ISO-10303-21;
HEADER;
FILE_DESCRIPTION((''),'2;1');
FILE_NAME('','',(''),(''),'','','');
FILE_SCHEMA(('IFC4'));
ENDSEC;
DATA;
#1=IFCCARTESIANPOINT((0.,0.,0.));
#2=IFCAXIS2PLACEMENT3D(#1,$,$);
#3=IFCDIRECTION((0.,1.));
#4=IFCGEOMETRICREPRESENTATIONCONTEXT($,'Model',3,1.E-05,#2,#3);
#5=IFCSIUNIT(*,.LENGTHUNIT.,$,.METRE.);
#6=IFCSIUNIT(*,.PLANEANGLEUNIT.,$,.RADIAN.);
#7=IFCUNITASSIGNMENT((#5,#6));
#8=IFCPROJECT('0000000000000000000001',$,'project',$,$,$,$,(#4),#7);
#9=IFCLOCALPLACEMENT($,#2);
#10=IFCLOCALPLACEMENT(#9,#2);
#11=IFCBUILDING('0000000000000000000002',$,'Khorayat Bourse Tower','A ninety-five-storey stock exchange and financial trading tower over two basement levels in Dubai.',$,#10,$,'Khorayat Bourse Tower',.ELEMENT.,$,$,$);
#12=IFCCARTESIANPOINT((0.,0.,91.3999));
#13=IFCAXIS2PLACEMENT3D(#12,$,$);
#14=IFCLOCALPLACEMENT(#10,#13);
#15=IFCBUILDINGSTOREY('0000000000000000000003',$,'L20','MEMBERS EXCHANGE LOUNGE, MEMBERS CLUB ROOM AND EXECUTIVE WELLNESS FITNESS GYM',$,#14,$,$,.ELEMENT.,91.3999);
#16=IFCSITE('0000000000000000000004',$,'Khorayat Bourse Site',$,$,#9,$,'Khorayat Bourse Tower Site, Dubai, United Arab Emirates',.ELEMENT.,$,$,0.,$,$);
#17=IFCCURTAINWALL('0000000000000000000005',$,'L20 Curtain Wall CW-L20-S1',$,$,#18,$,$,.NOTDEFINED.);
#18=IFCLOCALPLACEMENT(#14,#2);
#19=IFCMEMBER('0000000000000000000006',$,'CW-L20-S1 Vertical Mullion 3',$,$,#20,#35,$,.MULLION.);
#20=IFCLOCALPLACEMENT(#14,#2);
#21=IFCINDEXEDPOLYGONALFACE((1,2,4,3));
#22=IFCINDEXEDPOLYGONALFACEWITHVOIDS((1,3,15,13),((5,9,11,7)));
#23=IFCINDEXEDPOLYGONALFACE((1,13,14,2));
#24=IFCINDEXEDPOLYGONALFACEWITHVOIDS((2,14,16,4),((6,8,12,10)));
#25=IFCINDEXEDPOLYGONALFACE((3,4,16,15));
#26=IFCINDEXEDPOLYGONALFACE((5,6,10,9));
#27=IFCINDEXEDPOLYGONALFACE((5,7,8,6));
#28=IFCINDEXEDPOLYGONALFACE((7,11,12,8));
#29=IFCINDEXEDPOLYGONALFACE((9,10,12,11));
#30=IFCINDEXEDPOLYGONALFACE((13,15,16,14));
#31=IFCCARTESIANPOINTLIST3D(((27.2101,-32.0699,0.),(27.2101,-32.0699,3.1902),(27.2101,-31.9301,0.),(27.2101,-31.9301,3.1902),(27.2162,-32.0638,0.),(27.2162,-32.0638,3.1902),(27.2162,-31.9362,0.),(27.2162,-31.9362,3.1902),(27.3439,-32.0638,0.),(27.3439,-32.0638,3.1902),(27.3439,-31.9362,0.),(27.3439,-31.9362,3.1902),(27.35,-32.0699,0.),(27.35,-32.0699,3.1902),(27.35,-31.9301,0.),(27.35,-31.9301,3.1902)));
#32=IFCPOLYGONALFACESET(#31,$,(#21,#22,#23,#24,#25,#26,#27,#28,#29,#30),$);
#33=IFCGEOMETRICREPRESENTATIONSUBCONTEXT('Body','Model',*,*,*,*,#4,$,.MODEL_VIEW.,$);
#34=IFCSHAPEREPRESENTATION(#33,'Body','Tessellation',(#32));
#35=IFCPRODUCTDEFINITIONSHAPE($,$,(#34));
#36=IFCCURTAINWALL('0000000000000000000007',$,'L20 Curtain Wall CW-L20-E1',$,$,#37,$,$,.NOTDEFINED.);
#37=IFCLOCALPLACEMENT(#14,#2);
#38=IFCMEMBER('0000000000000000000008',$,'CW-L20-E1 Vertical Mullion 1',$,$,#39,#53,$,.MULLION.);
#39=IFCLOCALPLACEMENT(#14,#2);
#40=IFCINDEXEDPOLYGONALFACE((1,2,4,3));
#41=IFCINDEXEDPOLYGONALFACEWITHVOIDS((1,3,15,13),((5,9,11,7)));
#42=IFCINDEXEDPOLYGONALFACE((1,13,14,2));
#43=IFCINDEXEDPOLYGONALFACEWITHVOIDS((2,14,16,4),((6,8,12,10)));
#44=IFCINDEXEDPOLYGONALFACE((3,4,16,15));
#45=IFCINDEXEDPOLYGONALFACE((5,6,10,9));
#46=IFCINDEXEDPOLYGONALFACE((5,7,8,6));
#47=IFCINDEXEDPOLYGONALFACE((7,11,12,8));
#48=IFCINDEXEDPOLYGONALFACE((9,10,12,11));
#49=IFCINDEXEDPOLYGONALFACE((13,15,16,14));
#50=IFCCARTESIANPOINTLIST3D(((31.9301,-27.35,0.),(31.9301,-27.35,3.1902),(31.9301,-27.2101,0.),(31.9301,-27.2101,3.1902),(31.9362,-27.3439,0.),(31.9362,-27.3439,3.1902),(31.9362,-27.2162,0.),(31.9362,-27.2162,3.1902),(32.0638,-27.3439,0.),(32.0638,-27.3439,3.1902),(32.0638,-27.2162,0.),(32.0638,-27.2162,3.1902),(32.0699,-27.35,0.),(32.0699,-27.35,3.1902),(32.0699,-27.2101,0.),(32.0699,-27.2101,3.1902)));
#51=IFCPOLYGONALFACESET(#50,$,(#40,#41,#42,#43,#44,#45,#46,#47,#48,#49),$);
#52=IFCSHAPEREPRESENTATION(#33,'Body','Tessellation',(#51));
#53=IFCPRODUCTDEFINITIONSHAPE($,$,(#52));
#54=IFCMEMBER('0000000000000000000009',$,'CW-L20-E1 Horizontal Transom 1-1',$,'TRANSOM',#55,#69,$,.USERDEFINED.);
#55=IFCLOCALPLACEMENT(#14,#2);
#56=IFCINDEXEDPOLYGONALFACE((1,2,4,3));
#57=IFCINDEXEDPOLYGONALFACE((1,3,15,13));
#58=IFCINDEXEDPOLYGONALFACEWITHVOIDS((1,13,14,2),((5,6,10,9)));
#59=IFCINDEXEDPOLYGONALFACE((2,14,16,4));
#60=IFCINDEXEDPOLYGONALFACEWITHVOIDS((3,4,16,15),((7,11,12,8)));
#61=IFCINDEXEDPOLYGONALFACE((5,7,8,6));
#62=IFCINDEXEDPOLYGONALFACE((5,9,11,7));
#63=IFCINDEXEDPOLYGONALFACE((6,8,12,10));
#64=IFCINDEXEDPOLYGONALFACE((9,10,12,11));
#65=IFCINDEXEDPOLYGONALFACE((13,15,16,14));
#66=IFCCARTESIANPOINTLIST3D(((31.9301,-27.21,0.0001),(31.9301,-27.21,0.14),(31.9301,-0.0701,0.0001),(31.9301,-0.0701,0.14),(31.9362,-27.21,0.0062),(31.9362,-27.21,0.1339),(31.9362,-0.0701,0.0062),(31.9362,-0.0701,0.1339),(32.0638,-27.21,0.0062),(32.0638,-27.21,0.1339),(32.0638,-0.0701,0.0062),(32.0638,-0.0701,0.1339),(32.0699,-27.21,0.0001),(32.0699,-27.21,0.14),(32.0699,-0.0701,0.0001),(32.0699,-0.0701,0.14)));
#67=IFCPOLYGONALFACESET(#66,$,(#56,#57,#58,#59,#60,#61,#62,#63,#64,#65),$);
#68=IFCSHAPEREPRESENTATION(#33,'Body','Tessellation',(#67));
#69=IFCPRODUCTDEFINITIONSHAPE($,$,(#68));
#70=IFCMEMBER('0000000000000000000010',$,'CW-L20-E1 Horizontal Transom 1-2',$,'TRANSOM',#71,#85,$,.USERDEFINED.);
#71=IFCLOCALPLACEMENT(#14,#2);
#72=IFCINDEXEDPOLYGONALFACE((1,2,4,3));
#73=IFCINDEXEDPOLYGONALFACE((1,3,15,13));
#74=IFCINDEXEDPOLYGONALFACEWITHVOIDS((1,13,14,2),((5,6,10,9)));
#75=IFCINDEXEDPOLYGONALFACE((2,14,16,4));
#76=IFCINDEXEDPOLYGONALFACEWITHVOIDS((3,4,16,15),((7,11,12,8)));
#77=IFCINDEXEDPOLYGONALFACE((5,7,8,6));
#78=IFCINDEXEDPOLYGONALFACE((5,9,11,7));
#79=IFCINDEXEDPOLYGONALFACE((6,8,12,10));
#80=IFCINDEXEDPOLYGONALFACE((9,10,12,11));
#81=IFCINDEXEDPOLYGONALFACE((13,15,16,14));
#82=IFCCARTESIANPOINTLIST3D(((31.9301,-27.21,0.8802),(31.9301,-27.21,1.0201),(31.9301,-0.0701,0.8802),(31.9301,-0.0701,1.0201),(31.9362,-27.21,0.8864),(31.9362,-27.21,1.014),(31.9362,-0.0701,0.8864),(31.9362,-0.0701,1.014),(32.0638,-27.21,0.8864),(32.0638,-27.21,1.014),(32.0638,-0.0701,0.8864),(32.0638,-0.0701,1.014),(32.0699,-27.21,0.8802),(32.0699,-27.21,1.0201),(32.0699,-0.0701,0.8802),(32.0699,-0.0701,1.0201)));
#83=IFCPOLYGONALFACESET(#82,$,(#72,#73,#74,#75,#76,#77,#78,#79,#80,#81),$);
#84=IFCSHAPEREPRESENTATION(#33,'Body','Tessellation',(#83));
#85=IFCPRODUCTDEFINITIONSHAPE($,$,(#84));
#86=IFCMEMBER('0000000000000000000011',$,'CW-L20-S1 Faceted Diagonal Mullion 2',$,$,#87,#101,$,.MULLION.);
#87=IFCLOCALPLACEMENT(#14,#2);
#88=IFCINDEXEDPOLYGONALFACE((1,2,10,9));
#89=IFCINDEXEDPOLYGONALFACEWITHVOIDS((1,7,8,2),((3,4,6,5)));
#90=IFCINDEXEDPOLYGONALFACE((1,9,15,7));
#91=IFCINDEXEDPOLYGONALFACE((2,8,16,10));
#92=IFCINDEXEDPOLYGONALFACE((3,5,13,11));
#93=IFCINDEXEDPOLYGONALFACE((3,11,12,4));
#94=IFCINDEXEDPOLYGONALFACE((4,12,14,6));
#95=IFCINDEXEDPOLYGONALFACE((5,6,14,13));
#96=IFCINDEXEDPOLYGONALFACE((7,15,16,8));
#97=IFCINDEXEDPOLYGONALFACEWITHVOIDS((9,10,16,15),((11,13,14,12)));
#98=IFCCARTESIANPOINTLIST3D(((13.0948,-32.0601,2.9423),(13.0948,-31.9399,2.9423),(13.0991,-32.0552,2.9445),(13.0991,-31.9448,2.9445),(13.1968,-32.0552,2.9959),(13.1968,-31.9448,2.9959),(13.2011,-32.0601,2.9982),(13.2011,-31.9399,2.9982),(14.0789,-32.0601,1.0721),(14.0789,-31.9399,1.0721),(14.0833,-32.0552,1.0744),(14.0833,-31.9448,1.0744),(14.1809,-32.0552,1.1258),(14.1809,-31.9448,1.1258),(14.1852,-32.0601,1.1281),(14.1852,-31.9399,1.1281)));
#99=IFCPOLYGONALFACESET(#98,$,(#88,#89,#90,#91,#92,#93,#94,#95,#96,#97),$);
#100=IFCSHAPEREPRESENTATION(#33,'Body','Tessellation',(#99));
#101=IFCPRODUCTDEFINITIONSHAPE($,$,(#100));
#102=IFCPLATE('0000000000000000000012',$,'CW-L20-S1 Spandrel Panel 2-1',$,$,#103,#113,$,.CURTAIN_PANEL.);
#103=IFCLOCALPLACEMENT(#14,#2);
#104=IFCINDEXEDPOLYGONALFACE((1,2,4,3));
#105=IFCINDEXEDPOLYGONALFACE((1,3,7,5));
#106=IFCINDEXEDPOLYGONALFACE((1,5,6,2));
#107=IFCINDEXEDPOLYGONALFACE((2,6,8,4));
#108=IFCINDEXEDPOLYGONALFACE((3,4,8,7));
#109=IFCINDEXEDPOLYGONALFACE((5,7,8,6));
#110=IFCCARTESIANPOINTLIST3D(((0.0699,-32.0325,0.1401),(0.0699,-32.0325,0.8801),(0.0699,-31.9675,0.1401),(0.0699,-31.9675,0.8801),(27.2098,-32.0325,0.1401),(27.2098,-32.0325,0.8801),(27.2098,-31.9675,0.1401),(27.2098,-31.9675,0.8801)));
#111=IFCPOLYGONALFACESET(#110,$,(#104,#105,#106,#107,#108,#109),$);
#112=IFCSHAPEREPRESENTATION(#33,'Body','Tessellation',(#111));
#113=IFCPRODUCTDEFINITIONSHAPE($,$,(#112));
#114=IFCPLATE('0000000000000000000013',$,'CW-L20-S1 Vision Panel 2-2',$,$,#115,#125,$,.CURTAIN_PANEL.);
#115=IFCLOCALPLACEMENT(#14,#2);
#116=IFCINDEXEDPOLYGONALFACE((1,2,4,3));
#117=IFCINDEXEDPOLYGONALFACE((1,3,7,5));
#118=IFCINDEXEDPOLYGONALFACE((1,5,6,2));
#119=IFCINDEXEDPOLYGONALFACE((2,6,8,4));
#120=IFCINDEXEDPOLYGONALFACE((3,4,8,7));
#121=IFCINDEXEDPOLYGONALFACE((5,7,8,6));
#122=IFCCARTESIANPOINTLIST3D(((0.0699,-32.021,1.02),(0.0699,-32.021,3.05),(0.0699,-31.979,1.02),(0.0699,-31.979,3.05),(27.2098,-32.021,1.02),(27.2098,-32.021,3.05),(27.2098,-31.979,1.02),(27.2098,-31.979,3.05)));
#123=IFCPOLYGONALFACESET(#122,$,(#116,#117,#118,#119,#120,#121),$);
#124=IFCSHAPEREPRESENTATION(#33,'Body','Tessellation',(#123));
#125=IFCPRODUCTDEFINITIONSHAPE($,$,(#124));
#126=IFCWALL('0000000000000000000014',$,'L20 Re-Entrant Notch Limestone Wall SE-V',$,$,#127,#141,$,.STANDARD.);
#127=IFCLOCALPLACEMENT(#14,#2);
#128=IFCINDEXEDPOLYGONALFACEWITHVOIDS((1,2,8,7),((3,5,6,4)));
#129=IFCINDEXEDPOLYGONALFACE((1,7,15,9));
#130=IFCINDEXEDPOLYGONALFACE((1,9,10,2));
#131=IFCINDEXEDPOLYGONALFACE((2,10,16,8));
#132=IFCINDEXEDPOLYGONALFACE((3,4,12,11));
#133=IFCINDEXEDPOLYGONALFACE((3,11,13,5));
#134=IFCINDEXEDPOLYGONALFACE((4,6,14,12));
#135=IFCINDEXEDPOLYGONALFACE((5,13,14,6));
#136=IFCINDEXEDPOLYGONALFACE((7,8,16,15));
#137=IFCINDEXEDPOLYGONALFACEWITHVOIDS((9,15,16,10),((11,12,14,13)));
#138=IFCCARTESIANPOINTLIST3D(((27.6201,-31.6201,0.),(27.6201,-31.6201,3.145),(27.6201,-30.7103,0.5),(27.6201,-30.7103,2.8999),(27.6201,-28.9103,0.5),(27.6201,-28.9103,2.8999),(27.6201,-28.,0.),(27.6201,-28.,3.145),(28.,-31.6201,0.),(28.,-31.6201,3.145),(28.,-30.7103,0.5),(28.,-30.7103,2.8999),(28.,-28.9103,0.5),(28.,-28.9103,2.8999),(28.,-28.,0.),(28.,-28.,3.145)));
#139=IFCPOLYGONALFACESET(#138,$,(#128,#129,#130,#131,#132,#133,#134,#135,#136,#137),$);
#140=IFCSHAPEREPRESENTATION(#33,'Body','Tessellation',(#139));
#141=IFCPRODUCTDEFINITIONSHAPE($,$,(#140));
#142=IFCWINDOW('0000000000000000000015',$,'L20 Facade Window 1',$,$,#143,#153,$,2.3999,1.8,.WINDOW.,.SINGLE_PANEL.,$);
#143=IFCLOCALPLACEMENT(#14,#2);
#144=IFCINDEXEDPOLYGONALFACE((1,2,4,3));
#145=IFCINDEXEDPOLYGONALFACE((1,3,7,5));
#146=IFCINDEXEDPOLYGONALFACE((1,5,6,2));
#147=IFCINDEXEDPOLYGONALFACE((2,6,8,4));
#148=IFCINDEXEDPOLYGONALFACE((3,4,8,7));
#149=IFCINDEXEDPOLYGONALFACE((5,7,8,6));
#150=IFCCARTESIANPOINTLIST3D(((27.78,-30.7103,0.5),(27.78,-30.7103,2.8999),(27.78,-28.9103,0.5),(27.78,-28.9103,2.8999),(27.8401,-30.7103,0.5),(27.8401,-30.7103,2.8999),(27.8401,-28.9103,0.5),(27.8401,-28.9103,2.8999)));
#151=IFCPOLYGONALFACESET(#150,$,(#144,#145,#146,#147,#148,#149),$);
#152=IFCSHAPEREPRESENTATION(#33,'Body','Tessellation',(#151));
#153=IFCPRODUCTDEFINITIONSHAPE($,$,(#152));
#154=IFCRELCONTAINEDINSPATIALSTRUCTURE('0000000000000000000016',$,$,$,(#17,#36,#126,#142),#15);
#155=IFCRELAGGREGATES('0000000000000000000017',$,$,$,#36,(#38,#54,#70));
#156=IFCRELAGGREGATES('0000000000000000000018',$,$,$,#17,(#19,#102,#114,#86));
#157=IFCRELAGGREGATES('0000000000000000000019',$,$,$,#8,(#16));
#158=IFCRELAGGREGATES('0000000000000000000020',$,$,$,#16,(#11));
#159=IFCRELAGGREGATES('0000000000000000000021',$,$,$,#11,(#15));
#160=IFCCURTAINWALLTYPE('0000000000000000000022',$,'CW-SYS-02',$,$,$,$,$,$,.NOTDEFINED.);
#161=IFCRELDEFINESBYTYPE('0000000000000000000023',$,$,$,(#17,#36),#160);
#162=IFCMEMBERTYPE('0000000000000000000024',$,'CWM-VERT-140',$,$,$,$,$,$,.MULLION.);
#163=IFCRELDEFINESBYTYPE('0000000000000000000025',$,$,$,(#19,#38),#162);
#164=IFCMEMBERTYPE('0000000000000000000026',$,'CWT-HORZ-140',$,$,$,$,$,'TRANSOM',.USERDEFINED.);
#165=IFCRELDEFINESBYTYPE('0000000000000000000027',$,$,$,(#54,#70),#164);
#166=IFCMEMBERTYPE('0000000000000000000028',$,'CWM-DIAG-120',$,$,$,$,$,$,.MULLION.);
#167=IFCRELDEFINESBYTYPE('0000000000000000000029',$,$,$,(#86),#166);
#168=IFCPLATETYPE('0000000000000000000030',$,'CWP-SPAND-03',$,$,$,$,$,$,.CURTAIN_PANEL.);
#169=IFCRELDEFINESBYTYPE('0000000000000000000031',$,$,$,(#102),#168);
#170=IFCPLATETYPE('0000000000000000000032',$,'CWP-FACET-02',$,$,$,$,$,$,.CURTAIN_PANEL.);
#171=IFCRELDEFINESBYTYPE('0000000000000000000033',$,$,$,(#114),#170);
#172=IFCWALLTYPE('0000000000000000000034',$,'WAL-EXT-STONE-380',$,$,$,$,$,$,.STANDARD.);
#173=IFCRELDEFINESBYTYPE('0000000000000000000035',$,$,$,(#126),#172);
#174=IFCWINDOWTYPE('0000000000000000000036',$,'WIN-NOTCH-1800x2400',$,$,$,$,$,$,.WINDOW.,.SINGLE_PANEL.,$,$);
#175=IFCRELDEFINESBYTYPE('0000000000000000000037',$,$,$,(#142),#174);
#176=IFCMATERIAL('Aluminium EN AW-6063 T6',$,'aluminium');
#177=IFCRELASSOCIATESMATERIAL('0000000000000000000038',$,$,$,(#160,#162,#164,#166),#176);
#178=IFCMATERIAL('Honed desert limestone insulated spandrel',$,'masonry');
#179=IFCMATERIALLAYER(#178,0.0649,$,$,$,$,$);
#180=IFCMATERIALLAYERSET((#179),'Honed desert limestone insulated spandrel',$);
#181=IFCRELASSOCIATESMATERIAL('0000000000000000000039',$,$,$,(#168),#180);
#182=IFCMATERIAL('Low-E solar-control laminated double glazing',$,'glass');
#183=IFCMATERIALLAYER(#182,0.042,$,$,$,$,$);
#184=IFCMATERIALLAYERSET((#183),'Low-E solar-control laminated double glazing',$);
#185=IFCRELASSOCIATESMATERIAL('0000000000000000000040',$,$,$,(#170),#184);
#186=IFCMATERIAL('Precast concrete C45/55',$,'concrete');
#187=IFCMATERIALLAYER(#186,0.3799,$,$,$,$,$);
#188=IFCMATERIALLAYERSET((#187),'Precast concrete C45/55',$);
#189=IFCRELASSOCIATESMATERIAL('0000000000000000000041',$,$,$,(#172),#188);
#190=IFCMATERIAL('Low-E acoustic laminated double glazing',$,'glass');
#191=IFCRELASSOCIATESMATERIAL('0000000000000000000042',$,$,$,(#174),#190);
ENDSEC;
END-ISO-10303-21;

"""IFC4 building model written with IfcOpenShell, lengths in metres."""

from ifc_helpers import new_model, si_unit, direction, frame, frame_2d, origin, origin_2d, place, context, subcontext, project, spatial, rectangle, hollow_rectangle, extrude, source, transform, mapped, material, layer, layer_set, material_profile, profile_set, type_object, element, fill, aggregate, save


model = new_model("IFC4")

# Units and contexts
model_context = context("Model", 3, precision=1e-05, world=origin(), true_north=direction((0.0, 1.0)))
body_context = subcontext(model_context, "Body", "Model", "MODEL_VIEW")
ifc_project = project(units=[si_unit("LENGTHUNIT", "METRE"), si_unit("PLANEANGLEUNIT", "RADIAN")], contexts=[model_context])

# Site, building, storey
site_placement = place(None, origin())
site = spatial("IfcSite", under=ifc_project, at=site_placement, Name="Khorayat Bourse Site", LongName="Khorayat Bourse Tower Site, Dubai, United Arab Emirates", CompositionType="ELEMENT", RefElevation=0.0)
building_placement = place(site_placement, origin())
building = spatial("IfcBuilding", under=site, at=building_placement, Name="Khorayat Bourse Tower", Description="A ninety-five-storey stock exchange and financial trading tower over two basement levels in Dubai.", LongName="Khorayat Bourse Tower", CompositionType="ELEMENT")
storey_placement = place(building_placement, frame((0.0, 0.0, 91.3999)))
storey = spatial("IfcBuildingStorey", under=building, at=storey_placement, Name="L20", Description="MEMBERS EXCHANGE LOUNGE, MEMBERS CLUB ROOM AND EXECUTIVE WELLNESS FITNESS GYM", CompositionType="ELEMENT", Elevation=91.3999)

# Curtain wall, member
ifc_material_1 = material(Name="Aluminium EN AW-6063 T6", Category="aluminium")
curtain_wall_type = type_object("IfcCurtainWallType", Name="CW-SYS-02", PredefinedType="NOTDEFINED", material=ifc_material_1)
curtain_wall_1_placement = place(storey_placement, origin())
curtain_wall_1 = element("IfcCurtainWall", 1, at=curtain_wall_1_placement, inside=storey, type_object=curtain_wall_type, Name="L20 Curtain Wall CW-L20-S1", PredefinedType="NOTDEFINED")
ifc_material_profile_1 = material_profile(ifc_material_1, hollow_rectangle(XDim=0.1399, YDim=0.1399, WallThickness=0.0061, at=origin_2d()), Name="ALU 140x140x6")
ifc_profile_set_1 = profile_set([ifc_material_profile_1], Name="Aluminium EN AW-6063 T6")
member_type_1 = type_object("IfcMemberType", Name="CWM-VERT-140", PredefinedType="MULLION", material=ifc_profile_set_1)
shared_shape_1 = source(origin(), body_context, "Body", "SweptSolid", [
    extrude(hollow_rectangle(XDim=0.1399, YDim=0.1399, WallThickness=0.0061, at=origin_2d()), origin(), (0.0, 0.0, 1.0), 3.1902),
])
member_1_placement = place(storey_placement, frame((27.28, -32.0, 0.0), z_axis=(0.0, 0.0, 1.0), x_axis=(0.0, 1.0, 0.0)))
member_1 = element("IfcMember", 2, at=member_1_placement, type_object=member_type_1, Name="CW-L20-S1 Vertical Mullion 3", PredefinedType="MULLION", context=body_context, shape_type="MappedRepresentation", body=[
    mapped(shared_shape_1, transform((0.0, 0.0, 0.0), scale=1.0)),
])

# Curtain wall, members
curtain_wall_2_placement = place(storey_placement, origin())
curtain_wall_2 = element("IfcCurtainWall", 3, at=curtain_wall_2_placement, inside=storey, type_object=curtain_wall_type, Name="L20 Curtain Wall CW-L20-E1", PredefinedType="NOTDEFINED")
member_2_placement = place(storey_placement, frame((32.0, -27.28, 0.0), z_axis=(0.0, 0.0, 1.0), x_axis=(-1.0, 0.0, 0.0)))
member_2 = element("IfcMember", 4, at=member_2_placement, type_object=member_type_1, Name="CW-L20-E1 Vertical Mullion 1", PredefinedType="MULLION", context=body_context, shape_type="MappedRepresentation", body=[
    mapped(shared_shape_1, transform((0.0, 0.0, 0.0), scale=1.0)),
])
ifc_material_profile_2 = material_profile(ifc_material_1, hollow_rectangle(XDim=0.1399, YDim=0.1399, WallThickness=0.0061, at=origin_2d()), Name="ALU 140x140x6")
ifc_profile_set_2 = profile_set([ifc_material_profile_2], Name="Aluminium EN AW-6063 T6")
member_type_2 = type_object("IfcMemberType", Name="CWT-HORZ-140", ElementType="TRANSOM", PredefinedType="USERDEFINED", material=ifc_profile_set_2)
shared_shape_2 = source(origin(), body_context, "Body", "SweptSolid", [
    extrude(hollow_rectangle(XDim=0.1399, YDim=0.1399, WallThickness=0.0061, at=origin_2d()), origin(), (0.0, 0.0, 1.0), 27.1399),
])
member_3_placement = place(storey_placement, frame((32.0, -27.21, 0.0701), z_axis=(0.0, 1.0, 0.0), x_axis=(-1.0, 0.0, 0.0)))
member_3 = element("IfcMember", 5, at=member_3_placement, type_object=member_type_2, Name="CW-L20-E1 Horizontal Transom 1-1", ObjectType="TRANSOM", PredefinedType="USERDEFINED", context=body_context, shape_type="MappedRepresentation", body=[
    mapped(shared_shape_2, transform((0.0, 0.0, 0.0), scale=1.0)),
])
member_4_placement = place(storey_placement, frame((32.0, -27.21, 0.9502), z_axis=(0.0, 1.0, 0.0), x_axis=(-1.0, 0.0, 0.0)))
member_4 = element("IfcMember", 6, at=member_4_placement, type_object=member_type_2, Name="CW-L20-E1 Horizontal Transom 1-2", ObjectType="TRANSOM", PredefinedType="USERDEFINED", context=body_context, shape_type="MappedRepresentation", body=[
    mapped(shared_shape_2, transform((0.0, 0.0, 0.0), scale=1.0)),
])
aggregate(curtain_wall_2, [member_2, member_3, member_4])

# Member
ifc_material_profile_3 = material_profile(ifc_material_1, hollow_rectangle(XDim=0.1201, YDim=0.1201, WallThickness=0.0049, at=origin_2d()), Name="ALU 120x120x5")
ifc_profile_set_3 = profile_set([ifc_material_profile_3], Name="Aluminium EN AW-6063 T6")
member_type_3 = type_object("IfcMemberType", Name="CWM-DIAG-120", PredefinedType="MULLION", material=ifc_profile_set_3)
shared_shape_3 = source(origin(), body_context, "Body", "SweptSolid", [
    extrude(hollow_rectangle(XDim=0.1201, YDim=0.1201, WallThickness=0.0049, at=origin_2d()), origin(), (0.0, 0.0, 1.0), 2.1133),
])
member_5_placement = place(storey_placement, frame((14.1321, -32.0, 1.1001), z_axis=(-0.465694, 0.0, 0.884946), x_axis=(0.0, -1.0, 0.0)))
member_5 = element("IfcMember", 7, at=member_5_placement, type_object=member_type_3, Name="CW-L20-S1 Faceted Diagonal Mullion 2", PredefinedType="MULLION", context=body_context, shape_type="MappedRepresentation", body=[
    mapped(shared_shape_3, transform((0.0, 0.0, 0.0), scale=1.0)),
])

# Plates
ifc_material_2 = material(Name="Honed desert limestone insulated spandrel", Category="masonry")
ifc_layer_1 = layer(ifc_material_2, 0.0649)
ifc_layer_set_1 = layer_set([ifc_layer_1], Name="Honed desert limestone insulated spandrel")
plate_type_1 = type_object("IfcPlateType", Name="CWP-SPAND-03", PredefinedType="CURTAIN_PANEL", material=ifc_layer_set_1)
shared_shape_4 = source(origin(), body_context, "Body", "SweptSolid", [
    extrude(rectangle(XDim=27.1399, YDim=0.0649, at=origin_2d()), origin(), (0.0, 0.0, 1.0), 0.74),
])
plate_1_placement = place(storey_placement, frame((13.6399, -32.0, 0.1401), z_axis=(0.0, 0.0, 1.0), x_axis=(1.0, 0.0, 0.0)))
plate_1 = element("IfcPlate", 8, at=plate_1_placement, type_object=plate_type_1, Name="CW-L20-S1 Spandrel Panel 2-1", PredefinedType="CURTAIN_PANEL", context=body_context, shape_type="MappedRepresentation", body=[
    mapped(shared_shape_4, transform((0.0, 0.0, 0.0), scale=1.0)),
])
ifc_material_3 = material(Name="Low-E solar-control laminated double glazing", Category="glass")
ifc_layer_2 = layer(ifc_material_3, 0.042)
ifc_layer_set_2 = layer_set([ifc_layer_2], Name="Low-E solar-control laminated double glazing")
plate_type_2 = type_object("IfcPlateType", Name="CWP-FACET-02", PredefinedType="CURTAIN_PANEL", material=ifc_layer_set_2)
shared_shape_5 = source(origin(), body_context, "Body", "SweptSolid", [
    extrude(rectangle(XDim=27.1399, YDim=0.042, at=origin_2d()), origin(), (0.0, 0.0, 1.0), 2.03),
])
plate_2_placement = place(storey_placement, frame((13.6399, -32.0, 1.02), z_axis=(0.0, 0.0, 1.0), x_axis=(1.0, 0.0, 0.0)))
plate_2 = element("IfcPlate", 9, at=plate_2_placement, type_object=plate_type_2, Name="CW-L20-S1 Vision Panel 2-2", PredefinedType="CURTAIN_PANEL", context=body_context, shape_type="MappedRepresentation", body=[
    mapped(shared_shape_5, transform((0.0, 0.0, 0.0), scale=1.0)),
])
aggregate(curtain_wall_1, [member_1, plate_1, plate_2, member_5])

# Wall, opening, window
ifc_material_4 = material(Name="Precast concrete C45/55", Category="concrete")
ifc_layer_3 = layer(ifc_material_4, 0.3799)
ifc_layer_set_3 = layer_set([ifc_layer_3], Name="Precast concrete C45/55")
wall_type_1 = type_object("IfcWallType", Name="WAL-EXT-STONE-380", PredefinedType="STANDARD", material=ifc_layer_set_3)
shared_shape_6 = source(origin(), body_context, "Body", "SweptSolid", [
    extrude(rectangle(XDim=3.6201, YDim=0.3799, at=frame_2d((1.8101, 0.0))), origin(), (0.0, 0.0, 1.0), 3.145),
])
wall_1_placement = place(storey_placement, frame((27.8101, -31.6201, 0.0), z_axis=(0.0, 0.0, 1.0), x_axis=(0.0, 1.0, 0.0)))
wall_1 = element("IfcWall", 10, at=wall_1_placement, inside=storey, type_object=wall_type_1, Name="L20 Re-Entrant Notch Limestone Wall SE-V", PredefinedType="STANDARD", context=body_context, shape_type="MappedRepresentation", body=[
    mapped(shared_shape_6, transform((0.0, 0.0, 0.0), scale=1.0)),
])
shared_shape_7 = source(origin(), body_context, "Body", "SweptSolid", [
    extrude(rectangle(XDim=1.8, YDim=2.3999, at=frame_2d((0.8999, 1.2))), frame((0.0, 0.2, 0.0), z_axis=(0.0, -1.0, 0.0), x_axis=(1.0, 0.0, 0.0)), (0.0, 0.0, 1.0), 0.3999),
])
opening_1_placement = place(wall_1_placement, frame((0.9099, 0.0, 0.5)))
opening_1 = element("IfcOpeningElement", 11, at=opening_1_placement, cuts=wall_1, PredefinedType="OPENING", context=body_context, shape_type="MappedRepresentation", body=[
    mapped(shared_shape_7, transform((0.0, 0.0, 0.0), scale=1.0)),
])
ifc_material_5 = material(Name="Low-E acoustic laminated double glazing", Category="glass")
window_type = type_object("IfcWindowType", Name="WIN-NOTCH-1800x2400", PartitioningType="SINGLE_PANEL", PredefinedType="WINDOW", material=ifc_material_5)
shared_shape_8 = source(origin(), body_context, "Body", "SweptSolid", [
    extrude(rectangle(XDim=1.8, YDim=2.3999, at=frame_2d((0.8999, 1.2))), frame((0.0, 0.03, 0.0), z_axis=(0.0, -1.0, 0.0), x_axis=(1.0, 0.0, 0.0)), (0.0, 0.0, 1.0), 0.0601),
])
window_1_placement = place(opening_1_placement, origin())
window_1 = element("IfcWindow", 12, at=window_1_placement, inside=storey, type_object=window_type, Name="L20 Facade Window 1", OverallHeight=2.3999, OverallWidth=1.8, PartitioningType="SINGLE_PANEL", PredefinedType="WINDOW", context=body_context, shape_type="MappedRepresentation", body=[
    mapped(shared_shape_8, transform((0.0, 0.0, 0.0), scale=1.0)),
])
fill(opening_1, window_1)

save(model, "model.ifc")
